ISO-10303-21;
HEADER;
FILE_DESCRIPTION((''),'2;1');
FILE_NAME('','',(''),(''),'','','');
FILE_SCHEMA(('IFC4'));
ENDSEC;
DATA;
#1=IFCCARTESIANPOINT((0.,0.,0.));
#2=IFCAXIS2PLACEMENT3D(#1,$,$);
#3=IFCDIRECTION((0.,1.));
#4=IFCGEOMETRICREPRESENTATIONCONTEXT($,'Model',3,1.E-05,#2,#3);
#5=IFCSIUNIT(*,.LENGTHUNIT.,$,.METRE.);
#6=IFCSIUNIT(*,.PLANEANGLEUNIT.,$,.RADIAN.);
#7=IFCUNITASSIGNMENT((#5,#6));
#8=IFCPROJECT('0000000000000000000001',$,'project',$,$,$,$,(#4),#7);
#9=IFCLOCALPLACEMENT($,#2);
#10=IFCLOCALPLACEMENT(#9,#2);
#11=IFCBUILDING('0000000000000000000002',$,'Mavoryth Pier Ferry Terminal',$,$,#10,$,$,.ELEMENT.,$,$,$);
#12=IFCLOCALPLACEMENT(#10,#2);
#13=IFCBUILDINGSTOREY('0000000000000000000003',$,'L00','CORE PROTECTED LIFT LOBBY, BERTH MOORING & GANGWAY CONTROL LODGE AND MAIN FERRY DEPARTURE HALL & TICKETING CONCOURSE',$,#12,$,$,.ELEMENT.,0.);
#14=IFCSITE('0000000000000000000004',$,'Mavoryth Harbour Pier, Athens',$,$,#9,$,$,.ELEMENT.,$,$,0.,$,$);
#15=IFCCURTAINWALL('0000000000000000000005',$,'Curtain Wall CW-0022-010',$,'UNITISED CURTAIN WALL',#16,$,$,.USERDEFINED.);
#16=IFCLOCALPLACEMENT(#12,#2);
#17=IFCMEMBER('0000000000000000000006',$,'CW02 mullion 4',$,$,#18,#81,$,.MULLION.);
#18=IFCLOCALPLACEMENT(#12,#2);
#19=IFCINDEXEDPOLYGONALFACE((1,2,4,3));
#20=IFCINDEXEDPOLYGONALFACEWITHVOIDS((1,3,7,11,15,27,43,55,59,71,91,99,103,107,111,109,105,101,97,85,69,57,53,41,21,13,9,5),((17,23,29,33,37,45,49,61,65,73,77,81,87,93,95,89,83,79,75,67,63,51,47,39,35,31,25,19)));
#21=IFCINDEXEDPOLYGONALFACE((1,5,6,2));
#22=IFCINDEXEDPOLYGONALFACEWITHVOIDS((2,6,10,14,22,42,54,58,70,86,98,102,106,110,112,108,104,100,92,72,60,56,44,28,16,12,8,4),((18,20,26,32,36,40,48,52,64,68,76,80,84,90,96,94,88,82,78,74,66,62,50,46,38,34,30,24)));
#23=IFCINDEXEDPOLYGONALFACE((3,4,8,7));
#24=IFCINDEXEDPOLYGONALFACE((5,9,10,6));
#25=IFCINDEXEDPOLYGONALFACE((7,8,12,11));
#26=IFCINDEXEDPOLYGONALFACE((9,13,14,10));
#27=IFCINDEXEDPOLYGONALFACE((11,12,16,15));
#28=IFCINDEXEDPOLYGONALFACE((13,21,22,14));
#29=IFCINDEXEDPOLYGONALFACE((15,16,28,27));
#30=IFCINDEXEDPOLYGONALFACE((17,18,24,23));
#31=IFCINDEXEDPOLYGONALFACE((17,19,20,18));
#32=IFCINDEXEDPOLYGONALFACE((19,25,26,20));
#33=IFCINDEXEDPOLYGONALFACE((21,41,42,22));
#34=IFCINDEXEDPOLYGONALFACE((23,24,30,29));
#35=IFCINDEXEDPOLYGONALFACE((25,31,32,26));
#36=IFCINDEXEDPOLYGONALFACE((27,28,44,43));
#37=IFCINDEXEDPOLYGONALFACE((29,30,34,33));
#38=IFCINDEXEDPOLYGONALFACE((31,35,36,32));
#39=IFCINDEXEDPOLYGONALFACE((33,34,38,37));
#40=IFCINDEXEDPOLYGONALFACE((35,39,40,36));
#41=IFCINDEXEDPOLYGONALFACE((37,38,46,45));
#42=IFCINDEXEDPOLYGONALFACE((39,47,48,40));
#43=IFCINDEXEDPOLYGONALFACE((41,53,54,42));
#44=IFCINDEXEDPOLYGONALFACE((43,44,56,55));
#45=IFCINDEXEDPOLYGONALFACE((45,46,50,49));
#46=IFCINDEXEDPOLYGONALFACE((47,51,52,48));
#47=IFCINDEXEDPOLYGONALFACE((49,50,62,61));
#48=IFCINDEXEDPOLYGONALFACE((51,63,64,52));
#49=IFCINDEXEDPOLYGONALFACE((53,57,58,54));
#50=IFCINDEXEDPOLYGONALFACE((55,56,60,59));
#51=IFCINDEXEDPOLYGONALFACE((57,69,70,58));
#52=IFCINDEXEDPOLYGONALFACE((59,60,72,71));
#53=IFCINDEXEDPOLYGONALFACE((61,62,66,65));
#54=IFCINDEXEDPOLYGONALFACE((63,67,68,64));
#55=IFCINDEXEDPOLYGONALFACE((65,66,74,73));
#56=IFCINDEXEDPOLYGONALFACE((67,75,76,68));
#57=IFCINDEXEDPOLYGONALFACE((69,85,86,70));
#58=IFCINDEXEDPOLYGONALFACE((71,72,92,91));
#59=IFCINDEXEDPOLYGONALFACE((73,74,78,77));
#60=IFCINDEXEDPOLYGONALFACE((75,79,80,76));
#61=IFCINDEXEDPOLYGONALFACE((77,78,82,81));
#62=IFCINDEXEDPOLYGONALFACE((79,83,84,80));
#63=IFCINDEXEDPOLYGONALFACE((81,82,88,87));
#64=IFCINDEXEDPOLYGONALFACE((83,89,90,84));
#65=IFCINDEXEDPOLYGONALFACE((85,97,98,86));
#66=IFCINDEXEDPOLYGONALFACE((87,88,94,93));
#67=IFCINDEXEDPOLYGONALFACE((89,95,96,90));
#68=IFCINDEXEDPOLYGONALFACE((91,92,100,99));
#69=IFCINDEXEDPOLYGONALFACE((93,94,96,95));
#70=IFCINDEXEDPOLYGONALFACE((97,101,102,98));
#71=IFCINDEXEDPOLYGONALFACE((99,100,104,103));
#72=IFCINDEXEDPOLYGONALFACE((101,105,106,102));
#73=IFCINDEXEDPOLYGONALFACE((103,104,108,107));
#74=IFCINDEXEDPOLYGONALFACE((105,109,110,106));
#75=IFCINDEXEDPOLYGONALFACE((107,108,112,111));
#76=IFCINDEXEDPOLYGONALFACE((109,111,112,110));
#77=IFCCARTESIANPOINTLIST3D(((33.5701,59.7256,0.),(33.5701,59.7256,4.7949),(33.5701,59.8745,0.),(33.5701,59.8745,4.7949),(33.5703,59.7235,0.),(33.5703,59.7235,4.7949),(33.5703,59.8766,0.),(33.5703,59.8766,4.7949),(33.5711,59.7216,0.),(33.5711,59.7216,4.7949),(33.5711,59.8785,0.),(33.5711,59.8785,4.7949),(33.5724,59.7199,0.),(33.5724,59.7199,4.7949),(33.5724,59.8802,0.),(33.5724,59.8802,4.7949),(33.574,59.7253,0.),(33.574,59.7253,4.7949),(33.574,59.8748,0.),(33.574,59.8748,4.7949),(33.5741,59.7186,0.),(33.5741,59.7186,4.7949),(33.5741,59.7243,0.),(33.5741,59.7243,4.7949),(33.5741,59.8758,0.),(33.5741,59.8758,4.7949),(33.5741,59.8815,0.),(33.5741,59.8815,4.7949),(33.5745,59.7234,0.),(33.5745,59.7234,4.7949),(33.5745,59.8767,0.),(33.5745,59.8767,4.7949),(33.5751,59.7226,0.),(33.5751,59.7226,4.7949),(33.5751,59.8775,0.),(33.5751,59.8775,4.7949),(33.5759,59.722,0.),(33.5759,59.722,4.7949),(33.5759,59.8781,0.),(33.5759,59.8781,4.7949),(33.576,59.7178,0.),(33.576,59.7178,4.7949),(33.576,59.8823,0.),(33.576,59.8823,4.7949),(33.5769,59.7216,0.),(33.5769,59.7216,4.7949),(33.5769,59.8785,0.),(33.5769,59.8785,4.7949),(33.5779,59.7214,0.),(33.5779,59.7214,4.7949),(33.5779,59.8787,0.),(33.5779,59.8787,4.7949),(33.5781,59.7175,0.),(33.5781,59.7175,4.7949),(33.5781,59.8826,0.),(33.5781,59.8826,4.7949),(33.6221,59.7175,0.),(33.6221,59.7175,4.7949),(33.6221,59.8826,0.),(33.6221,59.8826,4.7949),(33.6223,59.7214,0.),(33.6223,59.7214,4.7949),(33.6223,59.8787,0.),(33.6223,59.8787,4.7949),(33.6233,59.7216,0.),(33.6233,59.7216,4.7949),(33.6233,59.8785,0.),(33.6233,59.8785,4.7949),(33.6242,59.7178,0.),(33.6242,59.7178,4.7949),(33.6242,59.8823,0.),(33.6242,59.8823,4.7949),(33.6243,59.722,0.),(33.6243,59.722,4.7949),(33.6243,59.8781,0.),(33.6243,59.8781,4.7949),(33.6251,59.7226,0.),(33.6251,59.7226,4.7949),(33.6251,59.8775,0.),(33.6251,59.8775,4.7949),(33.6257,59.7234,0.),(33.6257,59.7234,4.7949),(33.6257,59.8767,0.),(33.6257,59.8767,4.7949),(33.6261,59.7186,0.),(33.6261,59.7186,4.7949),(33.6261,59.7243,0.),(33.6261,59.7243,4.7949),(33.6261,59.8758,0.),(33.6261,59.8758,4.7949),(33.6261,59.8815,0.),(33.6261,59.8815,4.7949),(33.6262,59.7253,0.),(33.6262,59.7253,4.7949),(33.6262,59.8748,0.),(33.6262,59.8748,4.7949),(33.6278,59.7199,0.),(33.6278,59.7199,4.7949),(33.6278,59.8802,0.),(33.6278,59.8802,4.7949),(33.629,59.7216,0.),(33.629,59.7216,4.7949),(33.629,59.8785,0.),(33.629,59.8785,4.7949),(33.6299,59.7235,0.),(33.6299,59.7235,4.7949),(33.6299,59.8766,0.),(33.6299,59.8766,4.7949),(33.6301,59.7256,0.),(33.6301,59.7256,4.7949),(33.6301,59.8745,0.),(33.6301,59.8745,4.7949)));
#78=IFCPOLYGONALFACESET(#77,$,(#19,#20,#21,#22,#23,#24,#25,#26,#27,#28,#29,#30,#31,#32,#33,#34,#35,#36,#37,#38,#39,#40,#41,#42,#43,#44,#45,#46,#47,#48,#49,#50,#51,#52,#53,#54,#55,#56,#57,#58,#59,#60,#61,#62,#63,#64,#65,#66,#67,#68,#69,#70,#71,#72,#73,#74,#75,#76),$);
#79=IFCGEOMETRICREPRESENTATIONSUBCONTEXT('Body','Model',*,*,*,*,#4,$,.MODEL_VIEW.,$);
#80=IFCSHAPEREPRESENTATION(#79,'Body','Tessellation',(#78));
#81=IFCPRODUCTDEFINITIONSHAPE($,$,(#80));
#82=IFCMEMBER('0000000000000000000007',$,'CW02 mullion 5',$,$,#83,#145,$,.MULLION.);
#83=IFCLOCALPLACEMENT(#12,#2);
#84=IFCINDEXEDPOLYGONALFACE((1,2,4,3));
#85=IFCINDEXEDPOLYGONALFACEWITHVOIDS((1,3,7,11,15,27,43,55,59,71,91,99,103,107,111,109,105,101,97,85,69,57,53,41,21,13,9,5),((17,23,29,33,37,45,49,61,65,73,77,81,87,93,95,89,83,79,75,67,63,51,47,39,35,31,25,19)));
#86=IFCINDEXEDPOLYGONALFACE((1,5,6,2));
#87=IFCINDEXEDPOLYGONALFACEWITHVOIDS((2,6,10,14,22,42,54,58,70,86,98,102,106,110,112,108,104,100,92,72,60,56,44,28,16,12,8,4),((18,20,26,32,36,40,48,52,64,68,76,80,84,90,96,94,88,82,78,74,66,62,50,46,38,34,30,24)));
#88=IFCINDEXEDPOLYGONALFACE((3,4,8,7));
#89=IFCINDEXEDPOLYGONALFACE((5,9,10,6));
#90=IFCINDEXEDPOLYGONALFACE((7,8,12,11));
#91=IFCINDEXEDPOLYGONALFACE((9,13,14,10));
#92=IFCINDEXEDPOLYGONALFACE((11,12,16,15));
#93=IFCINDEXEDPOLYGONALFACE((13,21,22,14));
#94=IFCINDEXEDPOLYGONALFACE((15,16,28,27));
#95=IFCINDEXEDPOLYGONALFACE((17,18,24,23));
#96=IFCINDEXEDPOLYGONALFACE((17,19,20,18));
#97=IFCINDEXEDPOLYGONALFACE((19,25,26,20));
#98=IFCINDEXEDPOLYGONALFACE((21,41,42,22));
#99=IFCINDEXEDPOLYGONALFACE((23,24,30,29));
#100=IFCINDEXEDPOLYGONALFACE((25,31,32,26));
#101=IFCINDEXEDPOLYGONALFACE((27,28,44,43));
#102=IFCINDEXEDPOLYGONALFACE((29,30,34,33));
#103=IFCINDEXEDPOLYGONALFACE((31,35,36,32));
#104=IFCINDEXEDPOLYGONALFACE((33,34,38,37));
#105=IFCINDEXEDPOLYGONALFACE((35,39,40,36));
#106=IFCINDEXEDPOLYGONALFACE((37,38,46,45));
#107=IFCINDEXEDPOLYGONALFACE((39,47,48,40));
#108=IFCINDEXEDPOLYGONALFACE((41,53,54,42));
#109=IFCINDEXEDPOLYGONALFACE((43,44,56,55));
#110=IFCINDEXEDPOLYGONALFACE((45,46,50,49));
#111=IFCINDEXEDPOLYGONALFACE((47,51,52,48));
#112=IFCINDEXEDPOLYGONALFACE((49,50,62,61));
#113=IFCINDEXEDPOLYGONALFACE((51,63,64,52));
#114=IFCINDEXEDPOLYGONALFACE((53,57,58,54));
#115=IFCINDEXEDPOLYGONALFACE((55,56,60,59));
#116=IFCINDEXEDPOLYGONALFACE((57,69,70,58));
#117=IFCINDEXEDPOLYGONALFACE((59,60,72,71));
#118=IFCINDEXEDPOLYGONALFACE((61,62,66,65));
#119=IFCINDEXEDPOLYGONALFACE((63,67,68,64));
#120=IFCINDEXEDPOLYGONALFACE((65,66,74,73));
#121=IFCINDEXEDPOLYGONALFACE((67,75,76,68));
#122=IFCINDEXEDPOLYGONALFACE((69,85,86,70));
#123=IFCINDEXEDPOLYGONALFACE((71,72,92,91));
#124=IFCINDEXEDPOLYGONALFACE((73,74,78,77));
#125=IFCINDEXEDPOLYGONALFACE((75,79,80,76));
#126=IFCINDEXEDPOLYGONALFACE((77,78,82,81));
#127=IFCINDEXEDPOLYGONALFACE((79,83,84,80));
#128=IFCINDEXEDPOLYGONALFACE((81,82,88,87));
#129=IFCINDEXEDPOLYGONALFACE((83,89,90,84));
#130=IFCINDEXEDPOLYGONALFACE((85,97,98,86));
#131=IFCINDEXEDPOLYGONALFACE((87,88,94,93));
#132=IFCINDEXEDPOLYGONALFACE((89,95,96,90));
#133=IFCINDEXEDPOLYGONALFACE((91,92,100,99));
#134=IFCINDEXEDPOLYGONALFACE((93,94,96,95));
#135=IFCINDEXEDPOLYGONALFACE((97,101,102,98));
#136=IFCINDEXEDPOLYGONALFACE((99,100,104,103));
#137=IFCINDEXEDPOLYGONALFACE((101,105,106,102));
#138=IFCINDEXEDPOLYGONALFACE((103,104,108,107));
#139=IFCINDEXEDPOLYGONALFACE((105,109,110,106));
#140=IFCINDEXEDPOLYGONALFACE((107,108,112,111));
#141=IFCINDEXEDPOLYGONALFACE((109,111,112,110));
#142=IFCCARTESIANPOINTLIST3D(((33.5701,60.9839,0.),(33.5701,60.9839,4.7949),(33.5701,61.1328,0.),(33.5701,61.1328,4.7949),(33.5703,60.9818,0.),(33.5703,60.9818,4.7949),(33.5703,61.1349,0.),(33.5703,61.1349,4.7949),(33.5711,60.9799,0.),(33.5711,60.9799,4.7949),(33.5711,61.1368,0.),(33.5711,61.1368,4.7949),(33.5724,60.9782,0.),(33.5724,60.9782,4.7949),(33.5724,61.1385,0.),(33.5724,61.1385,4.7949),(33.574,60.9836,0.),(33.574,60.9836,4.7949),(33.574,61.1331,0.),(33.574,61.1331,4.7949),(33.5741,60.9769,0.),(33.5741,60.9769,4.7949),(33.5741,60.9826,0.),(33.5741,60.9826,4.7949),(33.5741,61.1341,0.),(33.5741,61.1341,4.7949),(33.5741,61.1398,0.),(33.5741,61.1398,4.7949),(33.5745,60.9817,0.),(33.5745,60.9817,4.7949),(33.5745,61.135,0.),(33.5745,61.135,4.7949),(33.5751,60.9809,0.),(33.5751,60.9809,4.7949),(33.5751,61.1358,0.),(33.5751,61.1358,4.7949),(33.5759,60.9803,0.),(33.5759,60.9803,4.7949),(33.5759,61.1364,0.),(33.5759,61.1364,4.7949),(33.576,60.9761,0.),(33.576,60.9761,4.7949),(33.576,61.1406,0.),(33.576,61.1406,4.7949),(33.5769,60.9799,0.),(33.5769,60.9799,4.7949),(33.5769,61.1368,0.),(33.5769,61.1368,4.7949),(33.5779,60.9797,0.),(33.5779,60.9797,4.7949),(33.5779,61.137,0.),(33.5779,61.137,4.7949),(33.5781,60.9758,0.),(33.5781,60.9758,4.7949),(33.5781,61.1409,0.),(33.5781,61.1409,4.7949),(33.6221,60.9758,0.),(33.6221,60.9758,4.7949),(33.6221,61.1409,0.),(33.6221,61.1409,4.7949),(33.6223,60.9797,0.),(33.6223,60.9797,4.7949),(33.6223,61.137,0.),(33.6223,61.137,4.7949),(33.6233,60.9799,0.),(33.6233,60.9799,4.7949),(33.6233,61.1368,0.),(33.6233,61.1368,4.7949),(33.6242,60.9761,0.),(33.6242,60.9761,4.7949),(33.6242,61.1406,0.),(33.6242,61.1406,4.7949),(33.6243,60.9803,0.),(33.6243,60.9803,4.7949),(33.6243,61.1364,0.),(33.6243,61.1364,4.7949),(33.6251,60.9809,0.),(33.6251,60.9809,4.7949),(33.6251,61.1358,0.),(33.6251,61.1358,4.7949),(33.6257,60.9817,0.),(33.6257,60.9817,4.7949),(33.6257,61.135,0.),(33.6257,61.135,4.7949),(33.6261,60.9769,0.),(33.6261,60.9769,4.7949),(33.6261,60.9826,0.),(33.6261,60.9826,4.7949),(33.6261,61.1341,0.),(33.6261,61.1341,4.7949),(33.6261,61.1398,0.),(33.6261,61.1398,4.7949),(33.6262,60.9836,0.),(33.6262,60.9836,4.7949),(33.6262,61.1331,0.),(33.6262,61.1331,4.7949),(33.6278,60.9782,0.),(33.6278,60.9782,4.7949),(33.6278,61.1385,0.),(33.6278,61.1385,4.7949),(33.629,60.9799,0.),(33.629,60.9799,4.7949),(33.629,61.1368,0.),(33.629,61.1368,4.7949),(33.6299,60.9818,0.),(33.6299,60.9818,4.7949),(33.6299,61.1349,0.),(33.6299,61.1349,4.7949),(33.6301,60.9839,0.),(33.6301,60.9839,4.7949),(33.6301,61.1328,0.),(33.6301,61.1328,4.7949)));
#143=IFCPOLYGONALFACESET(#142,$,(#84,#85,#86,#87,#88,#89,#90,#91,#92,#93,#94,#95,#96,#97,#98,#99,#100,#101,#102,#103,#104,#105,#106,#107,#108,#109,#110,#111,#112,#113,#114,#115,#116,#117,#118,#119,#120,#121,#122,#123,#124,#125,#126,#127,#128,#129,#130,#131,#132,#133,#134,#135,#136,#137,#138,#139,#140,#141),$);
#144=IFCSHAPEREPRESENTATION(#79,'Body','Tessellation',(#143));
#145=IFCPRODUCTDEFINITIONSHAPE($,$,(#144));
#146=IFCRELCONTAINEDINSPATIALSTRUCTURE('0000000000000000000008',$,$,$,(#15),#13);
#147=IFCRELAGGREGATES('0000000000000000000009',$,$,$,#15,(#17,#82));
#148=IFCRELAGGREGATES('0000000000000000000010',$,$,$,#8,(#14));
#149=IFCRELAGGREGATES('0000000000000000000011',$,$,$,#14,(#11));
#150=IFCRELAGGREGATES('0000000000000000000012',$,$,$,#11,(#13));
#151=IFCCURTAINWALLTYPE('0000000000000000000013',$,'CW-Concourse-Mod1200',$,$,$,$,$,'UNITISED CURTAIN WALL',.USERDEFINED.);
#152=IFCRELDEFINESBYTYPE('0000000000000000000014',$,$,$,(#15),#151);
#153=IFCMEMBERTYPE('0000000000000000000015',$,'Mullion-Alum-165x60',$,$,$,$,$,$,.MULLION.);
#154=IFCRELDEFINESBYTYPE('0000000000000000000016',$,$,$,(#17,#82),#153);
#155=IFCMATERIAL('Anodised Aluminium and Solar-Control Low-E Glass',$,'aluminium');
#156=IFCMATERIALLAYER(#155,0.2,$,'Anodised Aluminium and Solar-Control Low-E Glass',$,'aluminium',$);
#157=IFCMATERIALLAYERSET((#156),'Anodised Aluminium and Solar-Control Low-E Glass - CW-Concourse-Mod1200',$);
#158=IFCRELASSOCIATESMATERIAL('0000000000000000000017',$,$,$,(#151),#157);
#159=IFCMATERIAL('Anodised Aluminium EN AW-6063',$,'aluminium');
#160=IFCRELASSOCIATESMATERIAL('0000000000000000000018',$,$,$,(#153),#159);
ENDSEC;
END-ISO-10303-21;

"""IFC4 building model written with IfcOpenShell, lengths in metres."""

from ifc_helpers import new_model, si_unit, direction, frame, origin, origin_2d, place, context, subcontext, project, spatial, hollow_rectangle, extrude, material, layer, layer_set, material_profile, profile_set, type_object, element, aggregate, save


model = new_model("IFC4")

# Units and contexts
model_context = context("Model", 3, precision=1e-05, world=origin(), true_north=direction((0.0, 1.0)))
body_context = subcontext(model_context, "Body", "Model", "MODEL_VIEW")
ifc_project = project(units=[si_unit("LENGTHUNIT", "METRE"), si_unit("PLANEANGLEUNIT", "RADIAN")], contexts=[model_context])

# Site, building, storey
site_placement = place(None, origin())
site = spatial("IfcSite", under=ifc_project, at=site_placement, Name="Mavoryth Harbour Pier, Athens", CompositionType="ELEMENT", RefElevation=0.0)
building_placement = place(site_placement, origin())
building = spatial("IfcBuilding", under=site, at=building_placement, Name="Mavoryth Pier Ferry Terminal", CompositionType="ELEMENT")
storey_placement = place(building_placement, origin())
storey = spatial("IfcBuildingStorey", under=building, at=storey_placement, Name="L00", Description="CORE PROTECTED LIFT LOBBY, BERTH MOORING & GANGWAY CONTROL LODGE AND MAIN FERRY DEPARTURE HALL & TICKETING CONCOURSE", CompositionType="ELEMENT", Elevation=0.0)

# Curtain wall, members
ifc_material_1 = material(Name="Anodised Aluminium and Solar-Control Low-E Glass", Category="aluminium")
ifc_layer_1 = layer(ifc_material_1, 0.2, Name="Anodised Aluminium and Solar-Control Low-E Glass", Category="aluminium")
ifc_layer_set_1 = layer_set([ifc_layer_1], Name="Anodised Aluminium and Solar-Control Low-E Glass - CW-Concourse-Mod1200")
curtain_wall_type = type_object("IfcCurtainWallType", Name="CW-Concourse-Mod1200", ElementType="UNITISED CURTAIN WALL", PredefinedType="USERDEFINED", material=ifc_layer_set_1)
curtain_wall_placement = place(storey_placement, origin())
curtain_wall = element("IfcCurtainWall", 1, at=curtain_wall_placement, inside=storey, type_object=curtain_wall_type, Name="Curtain Wall CW-0022-010", ObjectType="UNITISED CURTAIN WALL", PredefinedType="USERDEFINED")
ifc_material_2 = material(Name="Anodised Aluminium EN AW-6063", Category="aluminium")
ifc_material_profile_1 = material_profile(ifc_material_2, hollow_rectangle(XDim=0.0601, YDim=0.165, WallThickness=0.0039, InnerFilletRadius=0.0039, OuterFilletRadius=0.0081, at=origin_2d()), Name="AL-MULL 165x60x4", Category="aluminium")
ifc_profile_set_1 = profile_set([ifc_material_profile_1], Name="Anodised Aluminium EN AW-6063 - AL-MULL 165x60x4")
member_type_1 = type_object("IfcMemberType", Name="Mullion-Alum-165x60", PredefinedType="MULLION", material=ifc_profile_set_1)
member_1_placement = place(storey_placement, frame((33.6001, 59.8, 0.0), z_axis=(0.0, 0.0, 1.0), x_axis=(-1.0, 0.0, 0.0)))
member_1 = element("IfcMember", 2, at=member_1_placement, type_object=member_type_1, Name="CW02 mullion 4", PredefinedType="MULLION", context=body_context, shape_type="SweptSolid", body=[
    extrude(hollow_rectangle(XDim=0.0601, YDim=0.165, WallThickness=0.0039, InnerFilletRadius=0.0039, OuterFilletRadius=0.0081, at=origin_2d()), origin(), (0.0, 0.0, 1.0), 4.7949),
])
member_2_placement = place(storey_placement, frame((33.6001, 61.0583, 0.0), z_axis=(0.0, 0.0, 1.0), x_axis=(-1.0, 0.0, 0.0)))
member_2 = element("IfcMember", 3, at=member_2_placement, type_object=member_type_1, Name="CW02 mullion 5", PredefinedType="MULLION", context=body_context, shape_type="SweptSolid", body=[
    extrude(hollow_rectangle(XDim=0.0601, YDim=0.165, WallThickness=0.0039, InnerFilletRadius=0.0039, OuterFilletRadius=0.0081, at=origin_2d()), origin(), (0.0, 0.0, 1.0), 4.7949),
])
aggregate(curtain_wall, [member_1, member_2])

save(model, "model.ifc")
